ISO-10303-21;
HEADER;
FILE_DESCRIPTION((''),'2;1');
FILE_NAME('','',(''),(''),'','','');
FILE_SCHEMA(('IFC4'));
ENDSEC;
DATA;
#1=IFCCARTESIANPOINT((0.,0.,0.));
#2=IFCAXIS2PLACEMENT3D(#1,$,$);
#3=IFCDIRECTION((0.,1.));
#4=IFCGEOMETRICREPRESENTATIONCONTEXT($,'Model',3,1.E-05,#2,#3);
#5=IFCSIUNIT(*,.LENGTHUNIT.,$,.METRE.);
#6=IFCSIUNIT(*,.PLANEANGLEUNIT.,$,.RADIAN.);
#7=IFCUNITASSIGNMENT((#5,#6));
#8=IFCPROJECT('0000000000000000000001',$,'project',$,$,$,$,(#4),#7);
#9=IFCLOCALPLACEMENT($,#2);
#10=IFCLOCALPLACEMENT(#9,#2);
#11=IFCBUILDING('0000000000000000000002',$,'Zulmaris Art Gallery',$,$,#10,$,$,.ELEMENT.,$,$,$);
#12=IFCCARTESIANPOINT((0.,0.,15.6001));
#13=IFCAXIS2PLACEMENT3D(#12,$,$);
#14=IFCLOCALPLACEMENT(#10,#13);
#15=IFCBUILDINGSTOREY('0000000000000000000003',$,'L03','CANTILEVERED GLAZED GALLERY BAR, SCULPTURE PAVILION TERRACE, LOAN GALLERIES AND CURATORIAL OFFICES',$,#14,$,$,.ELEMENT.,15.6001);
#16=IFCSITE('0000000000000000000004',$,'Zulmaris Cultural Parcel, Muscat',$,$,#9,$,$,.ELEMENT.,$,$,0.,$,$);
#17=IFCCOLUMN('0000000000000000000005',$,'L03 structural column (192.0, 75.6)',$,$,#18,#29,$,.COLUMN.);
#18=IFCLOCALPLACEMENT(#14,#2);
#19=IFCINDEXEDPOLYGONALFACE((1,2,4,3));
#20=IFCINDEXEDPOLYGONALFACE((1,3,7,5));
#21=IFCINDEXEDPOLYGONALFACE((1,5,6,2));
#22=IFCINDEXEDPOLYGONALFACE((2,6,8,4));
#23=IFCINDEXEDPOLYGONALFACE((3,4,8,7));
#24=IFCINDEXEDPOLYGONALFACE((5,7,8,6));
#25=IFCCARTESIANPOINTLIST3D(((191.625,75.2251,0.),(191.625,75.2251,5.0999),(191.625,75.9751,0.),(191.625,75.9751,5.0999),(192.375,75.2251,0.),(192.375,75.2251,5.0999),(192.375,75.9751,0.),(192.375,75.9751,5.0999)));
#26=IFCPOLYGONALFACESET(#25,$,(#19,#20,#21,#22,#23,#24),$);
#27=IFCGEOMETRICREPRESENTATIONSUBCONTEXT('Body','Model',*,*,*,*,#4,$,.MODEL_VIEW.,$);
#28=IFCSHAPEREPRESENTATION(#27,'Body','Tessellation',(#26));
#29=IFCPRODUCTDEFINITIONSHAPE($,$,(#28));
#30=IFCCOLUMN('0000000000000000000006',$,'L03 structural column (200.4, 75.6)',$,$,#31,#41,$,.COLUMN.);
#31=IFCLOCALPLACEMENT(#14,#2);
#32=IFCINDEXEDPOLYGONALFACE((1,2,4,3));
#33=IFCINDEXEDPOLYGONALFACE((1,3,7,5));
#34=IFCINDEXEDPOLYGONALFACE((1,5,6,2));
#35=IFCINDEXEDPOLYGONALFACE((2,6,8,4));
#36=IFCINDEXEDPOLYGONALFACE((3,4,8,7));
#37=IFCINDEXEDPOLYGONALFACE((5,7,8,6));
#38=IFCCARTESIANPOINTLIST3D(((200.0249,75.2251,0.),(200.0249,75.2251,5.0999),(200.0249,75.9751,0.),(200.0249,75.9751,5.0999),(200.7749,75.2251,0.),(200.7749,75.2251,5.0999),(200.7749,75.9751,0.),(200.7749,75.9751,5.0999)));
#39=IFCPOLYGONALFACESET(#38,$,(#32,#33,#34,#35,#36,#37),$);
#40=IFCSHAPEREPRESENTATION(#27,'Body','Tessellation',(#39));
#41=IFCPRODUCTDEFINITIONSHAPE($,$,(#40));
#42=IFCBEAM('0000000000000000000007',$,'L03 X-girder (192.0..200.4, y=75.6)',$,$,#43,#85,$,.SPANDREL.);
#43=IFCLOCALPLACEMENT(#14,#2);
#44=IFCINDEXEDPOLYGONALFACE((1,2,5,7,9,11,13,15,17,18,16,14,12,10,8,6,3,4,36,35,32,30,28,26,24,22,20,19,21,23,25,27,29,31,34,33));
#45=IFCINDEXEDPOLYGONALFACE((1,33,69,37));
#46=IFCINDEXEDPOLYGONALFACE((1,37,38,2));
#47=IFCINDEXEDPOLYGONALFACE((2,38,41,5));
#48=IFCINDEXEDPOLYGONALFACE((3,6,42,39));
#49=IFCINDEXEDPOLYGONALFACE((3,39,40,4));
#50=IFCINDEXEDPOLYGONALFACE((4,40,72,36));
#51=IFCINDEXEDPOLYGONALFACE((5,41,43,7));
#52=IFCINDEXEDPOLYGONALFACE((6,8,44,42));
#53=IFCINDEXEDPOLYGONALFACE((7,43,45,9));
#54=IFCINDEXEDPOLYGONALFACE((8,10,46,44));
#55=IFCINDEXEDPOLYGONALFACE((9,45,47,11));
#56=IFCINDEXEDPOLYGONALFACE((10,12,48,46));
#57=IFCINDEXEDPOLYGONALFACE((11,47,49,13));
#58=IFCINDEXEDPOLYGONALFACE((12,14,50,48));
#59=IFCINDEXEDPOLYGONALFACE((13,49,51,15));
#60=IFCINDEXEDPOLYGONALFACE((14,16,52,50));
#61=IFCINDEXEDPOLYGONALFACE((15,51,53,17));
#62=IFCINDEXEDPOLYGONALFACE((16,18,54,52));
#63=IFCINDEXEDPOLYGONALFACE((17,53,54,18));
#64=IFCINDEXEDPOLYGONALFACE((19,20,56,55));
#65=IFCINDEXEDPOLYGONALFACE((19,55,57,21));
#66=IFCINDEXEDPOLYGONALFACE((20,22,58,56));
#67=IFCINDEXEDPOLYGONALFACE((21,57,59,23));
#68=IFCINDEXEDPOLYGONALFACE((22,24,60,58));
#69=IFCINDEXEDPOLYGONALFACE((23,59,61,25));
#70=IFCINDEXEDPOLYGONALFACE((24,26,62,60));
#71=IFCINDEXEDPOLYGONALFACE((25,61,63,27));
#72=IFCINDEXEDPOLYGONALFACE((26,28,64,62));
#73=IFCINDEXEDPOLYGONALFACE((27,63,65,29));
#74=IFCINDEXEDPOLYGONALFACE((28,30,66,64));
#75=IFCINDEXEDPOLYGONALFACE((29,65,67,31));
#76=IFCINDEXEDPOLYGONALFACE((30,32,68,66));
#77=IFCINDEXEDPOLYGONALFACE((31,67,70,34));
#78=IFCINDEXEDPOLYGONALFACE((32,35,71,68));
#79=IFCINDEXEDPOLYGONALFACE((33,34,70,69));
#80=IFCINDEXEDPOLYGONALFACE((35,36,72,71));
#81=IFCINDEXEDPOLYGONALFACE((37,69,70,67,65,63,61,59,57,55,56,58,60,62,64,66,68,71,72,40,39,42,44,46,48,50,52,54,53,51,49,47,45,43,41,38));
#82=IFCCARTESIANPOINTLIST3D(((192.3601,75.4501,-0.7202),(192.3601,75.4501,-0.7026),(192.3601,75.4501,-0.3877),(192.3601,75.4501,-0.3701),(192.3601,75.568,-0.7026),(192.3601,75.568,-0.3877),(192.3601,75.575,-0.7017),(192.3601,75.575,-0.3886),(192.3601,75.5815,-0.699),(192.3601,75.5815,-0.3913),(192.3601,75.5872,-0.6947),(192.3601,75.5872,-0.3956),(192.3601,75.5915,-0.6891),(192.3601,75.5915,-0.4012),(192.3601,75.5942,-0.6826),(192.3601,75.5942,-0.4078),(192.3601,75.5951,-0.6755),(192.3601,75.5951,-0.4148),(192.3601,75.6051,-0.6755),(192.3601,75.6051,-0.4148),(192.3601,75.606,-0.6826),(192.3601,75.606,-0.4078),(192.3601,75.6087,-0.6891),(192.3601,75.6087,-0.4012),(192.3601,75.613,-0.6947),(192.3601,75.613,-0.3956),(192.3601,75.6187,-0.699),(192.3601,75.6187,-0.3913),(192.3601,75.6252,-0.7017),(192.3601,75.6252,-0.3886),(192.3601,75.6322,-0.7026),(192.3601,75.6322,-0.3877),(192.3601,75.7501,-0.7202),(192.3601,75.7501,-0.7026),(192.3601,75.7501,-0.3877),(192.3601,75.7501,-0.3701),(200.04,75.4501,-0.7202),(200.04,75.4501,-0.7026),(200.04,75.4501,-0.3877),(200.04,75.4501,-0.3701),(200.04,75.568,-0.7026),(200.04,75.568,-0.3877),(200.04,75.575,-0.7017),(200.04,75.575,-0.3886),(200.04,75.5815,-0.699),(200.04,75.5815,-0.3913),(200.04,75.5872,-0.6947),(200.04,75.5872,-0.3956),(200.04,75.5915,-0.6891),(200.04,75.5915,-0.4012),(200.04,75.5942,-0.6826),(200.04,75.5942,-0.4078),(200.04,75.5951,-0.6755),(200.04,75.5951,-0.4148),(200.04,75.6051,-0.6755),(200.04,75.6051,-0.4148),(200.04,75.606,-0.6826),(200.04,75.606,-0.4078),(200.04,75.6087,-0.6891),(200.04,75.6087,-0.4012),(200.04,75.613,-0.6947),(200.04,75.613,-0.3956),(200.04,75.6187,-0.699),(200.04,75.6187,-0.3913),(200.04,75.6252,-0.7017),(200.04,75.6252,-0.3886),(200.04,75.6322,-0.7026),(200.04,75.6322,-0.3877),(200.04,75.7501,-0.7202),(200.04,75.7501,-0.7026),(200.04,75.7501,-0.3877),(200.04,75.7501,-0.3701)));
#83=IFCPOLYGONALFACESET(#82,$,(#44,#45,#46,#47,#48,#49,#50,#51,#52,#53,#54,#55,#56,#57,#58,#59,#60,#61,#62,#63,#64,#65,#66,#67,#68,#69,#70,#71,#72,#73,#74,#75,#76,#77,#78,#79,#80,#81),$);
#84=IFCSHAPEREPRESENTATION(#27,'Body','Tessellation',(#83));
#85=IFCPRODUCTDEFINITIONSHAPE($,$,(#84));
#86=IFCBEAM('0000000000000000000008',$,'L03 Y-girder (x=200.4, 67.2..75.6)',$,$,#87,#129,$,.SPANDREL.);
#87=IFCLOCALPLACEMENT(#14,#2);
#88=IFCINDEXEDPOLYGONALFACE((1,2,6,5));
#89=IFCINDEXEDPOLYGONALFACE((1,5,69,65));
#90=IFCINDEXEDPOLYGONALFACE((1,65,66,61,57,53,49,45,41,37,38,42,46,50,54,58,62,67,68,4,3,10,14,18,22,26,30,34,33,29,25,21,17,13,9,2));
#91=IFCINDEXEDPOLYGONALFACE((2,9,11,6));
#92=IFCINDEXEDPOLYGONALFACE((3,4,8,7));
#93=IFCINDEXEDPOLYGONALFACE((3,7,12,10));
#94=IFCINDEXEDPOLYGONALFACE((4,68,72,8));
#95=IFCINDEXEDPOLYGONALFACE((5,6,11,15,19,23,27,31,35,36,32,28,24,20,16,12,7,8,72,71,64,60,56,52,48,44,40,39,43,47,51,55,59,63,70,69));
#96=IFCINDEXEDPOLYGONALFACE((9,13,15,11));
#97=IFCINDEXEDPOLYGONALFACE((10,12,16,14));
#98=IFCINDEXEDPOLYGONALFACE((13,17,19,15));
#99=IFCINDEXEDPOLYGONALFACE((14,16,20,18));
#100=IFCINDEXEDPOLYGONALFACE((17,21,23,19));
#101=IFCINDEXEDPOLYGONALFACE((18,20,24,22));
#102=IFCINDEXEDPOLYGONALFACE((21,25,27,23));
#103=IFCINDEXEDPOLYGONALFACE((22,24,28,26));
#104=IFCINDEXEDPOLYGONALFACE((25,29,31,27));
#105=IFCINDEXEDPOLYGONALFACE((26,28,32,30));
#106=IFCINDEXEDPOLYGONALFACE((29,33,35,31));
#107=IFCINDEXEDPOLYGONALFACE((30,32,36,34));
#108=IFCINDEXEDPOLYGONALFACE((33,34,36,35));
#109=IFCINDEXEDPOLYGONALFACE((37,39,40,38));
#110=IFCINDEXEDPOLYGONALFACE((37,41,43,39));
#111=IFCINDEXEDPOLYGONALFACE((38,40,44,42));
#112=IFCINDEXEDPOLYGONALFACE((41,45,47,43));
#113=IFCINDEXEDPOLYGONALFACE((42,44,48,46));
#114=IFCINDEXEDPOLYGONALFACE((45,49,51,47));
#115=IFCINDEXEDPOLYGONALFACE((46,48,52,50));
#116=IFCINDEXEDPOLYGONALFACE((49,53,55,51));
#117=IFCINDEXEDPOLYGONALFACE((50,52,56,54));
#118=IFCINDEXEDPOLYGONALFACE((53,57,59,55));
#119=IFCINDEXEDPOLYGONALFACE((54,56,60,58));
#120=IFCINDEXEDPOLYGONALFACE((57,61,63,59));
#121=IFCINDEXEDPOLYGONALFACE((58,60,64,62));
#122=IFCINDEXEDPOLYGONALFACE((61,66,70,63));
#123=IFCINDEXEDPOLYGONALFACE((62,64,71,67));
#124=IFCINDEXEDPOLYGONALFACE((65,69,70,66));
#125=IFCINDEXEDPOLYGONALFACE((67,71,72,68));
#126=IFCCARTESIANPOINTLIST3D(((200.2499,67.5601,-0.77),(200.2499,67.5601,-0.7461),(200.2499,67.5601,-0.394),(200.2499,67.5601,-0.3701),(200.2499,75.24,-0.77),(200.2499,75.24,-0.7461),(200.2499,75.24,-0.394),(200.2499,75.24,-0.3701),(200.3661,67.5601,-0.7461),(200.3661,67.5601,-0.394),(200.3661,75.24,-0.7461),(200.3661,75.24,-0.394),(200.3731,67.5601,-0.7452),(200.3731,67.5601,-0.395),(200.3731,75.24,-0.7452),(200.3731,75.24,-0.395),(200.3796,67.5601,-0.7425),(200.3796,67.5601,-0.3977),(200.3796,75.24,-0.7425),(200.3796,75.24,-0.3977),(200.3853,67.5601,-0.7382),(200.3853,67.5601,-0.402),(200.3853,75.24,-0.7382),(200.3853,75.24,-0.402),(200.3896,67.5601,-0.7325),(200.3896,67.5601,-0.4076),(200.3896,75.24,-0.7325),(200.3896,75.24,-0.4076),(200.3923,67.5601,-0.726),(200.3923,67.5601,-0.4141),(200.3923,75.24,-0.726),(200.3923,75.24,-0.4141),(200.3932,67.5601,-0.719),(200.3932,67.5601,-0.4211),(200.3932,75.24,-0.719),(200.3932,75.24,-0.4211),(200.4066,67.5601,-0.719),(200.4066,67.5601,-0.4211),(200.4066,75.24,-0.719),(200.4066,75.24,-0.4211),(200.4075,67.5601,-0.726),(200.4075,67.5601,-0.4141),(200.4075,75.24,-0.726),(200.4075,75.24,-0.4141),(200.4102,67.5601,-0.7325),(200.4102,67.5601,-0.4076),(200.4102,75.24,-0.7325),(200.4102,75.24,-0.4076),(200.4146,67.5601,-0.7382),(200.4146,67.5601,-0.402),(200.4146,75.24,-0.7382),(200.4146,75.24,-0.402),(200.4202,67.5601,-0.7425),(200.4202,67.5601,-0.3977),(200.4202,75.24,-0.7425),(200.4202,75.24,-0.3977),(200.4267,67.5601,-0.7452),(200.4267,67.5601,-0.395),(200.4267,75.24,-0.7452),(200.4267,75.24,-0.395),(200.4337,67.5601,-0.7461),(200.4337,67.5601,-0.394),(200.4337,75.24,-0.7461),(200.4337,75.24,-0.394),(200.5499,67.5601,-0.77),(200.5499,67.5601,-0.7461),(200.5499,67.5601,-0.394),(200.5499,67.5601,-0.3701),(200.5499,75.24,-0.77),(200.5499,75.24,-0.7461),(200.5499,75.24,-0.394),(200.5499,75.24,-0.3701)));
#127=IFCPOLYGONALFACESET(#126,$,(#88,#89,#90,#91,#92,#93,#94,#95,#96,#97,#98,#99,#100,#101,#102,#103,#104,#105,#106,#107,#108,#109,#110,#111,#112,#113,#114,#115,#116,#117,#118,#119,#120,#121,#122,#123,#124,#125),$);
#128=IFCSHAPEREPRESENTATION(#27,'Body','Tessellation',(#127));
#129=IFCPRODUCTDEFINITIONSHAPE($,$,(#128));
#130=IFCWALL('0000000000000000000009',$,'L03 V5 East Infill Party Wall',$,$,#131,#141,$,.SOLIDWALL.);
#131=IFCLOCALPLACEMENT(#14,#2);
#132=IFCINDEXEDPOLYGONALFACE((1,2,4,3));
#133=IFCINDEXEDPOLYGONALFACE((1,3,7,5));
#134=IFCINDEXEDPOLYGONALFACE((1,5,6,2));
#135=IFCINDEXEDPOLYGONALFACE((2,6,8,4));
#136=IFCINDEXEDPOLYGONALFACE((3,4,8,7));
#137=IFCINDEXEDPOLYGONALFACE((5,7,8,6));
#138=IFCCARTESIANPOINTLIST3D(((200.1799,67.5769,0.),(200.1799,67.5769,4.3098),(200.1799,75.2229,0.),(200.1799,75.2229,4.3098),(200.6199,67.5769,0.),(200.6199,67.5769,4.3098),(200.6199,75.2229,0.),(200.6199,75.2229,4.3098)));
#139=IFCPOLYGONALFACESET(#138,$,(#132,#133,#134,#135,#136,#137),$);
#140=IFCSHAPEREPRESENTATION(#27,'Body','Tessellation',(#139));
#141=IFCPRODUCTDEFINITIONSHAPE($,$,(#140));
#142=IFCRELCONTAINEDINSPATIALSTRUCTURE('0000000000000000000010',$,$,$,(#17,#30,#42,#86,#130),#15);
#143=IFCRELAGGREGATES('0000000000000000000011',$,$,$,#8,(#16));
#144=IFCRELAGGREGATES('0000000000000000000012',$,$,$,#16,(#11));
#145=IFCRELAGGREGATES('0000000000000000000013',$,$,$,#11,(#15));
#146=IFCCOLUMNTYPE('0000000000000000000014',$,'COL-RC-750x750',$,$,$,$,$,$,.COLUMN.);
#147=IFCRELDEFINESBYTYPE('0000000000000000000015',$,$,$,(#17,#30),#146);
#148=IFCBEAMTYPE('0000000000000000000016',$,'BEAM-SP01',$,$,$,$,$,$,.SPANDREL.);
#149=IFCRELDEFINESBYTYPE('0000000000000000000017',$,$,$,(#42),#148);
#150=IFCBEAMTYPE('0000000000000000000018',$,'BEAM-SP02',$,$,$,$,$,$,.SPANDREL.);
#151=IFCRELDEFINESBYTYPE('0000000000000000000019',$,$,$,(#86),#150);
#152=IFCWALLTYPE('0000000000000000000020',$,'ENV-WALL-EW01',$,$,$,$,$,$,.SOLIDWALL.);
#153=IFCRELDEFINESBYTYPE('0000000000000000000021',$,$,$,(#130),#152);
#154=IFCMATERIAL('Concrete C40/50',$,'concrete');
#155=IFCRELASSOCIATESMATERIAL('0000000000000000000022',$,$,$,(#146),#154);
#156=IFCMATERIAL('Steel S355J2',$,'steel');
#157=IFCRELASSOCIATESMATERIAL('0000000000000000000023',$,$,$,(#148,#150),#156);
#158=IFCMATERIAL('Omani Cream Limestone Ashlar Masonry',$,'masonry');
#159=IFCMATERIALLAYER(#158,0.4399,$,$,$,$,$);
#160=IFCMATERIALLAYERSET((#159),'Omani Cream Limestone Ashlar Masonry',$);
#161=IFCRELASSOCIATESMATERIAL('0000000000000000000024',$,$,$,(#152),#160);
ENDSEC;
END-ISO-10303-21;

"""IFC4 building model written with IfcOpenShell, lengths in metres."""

from ifc_helpers import new_model, si_unit, direction, frame, frame_2d, origin, origin_2d, place, context, subcontext, project, spatial, rectangle, i_section, extrude, material, layer, layer_set, material_profile, profile_set, type_object, element, save


model = new_model("IFC4")

# Units and contexts
model_context = context("Model", 3, precision=1e-05, world=origin(), true_north=direction((0.0, 1.0)))
body_context = subcontext(model_context, "Body", "Model", "MODEL_VIEW")
ifc_project = project(units=[si_unit("LENGTHUNIT", "METRE"), si_unit("PLANEANGLEUNIT", "RADIAN")], contexts=[model_context])

# Site, building, storey
site_placement = place(None, origin())
site = spatial("IfcSite", under=ifc_project, at=site_placement, Name="Zulmaris Cultural Parcel, Muscat", CompositionType="ELEMENT", RefElevation=0.0)
building_placement = place(site_placement, origin())
building = spatial("IfcBuilding", under=site, at=building_placement, Name="Zulmaris Art Gallery", CompositionType="ELEMENT")
storey_placement = place(building_placement, frame((0.0, 0.0, 15.6001)))
storey = spatial("IfcBuildingStorey", under=building, at=storey_placement, Name="L03", Description="CANTILEVERED GLAZED GALLERY BAR, SCULPTURE PAVILION TERRACE, LOAN GALLERIES AND CURATORIAL OFFICES", CompositionType="ELEMENT", Elevation=15.6001)

# Columns
ifc_material_1 = material(Name="Concrete C40/50", Category="concrete")
ifc_material_profile_1 = material_profile(ifc_material_1, rectangle(XDim=0.75, YDim=0.75, at=origin_2d()), Name="RC 750x750")
ifc_profile_set_1 = profile_set([ifc_material_profile_1], Name="Concrete C40/50")
column_type = type_object("IfcColumnType", Name="COL-RC-750x750", PredefinedType="COLUMN", material=ifc_profile_set_1)
for number, where, z_axis, x_axis, name in (
    (1, (192.0, 75.6001, 0.0), (0.0, 0.0, 1.0), (1.0, 0.0, 0.0), "L03 structural column (192.0, 75.6)"),
    (2, (200.3999, 75.6001, 0.0), (0.0, 0.0, 1.0), (1.0, 0.0, 0.0), "L03 structural column (200.4, 75.6)"),
):
    element("IfcColumn", number, at=place(storey_placement, frame(where, z_axis=z_axis, x_axis=x_axis)), inside=storey, type_object=column_type, Name=name, PredefinedType="COLUMN", context=body_context, shape_type="SweptSolid", body=[
        extrude(rectangle(XDim=0.75, YDim=0.75, at=origin_2d()), origin(), (0.0, 0.0, 1.0), 5.0999),
    ])

# Beams
ifc_material_2 = material(Name="Steel S355J2", Category="steel")
ifc_material_profile_2 = material_profile(ifc_material_2, i_section(OverallWidth=0.3, OverallDepth=0.3501, WebThickness=0.01, FlangeThickness=0.0176, FilletRadius=0.0271, at=origin_2d()), Name="HEA 360")
ifc_profile_set_2 = profile_set([ifc_material_profile_2], Name="Steel S355J2")
beam_type_1 = type_object("IfcBeamType", Name="BEAM-SP01", PredefinedType="SPANDREL", material=ifc_profile_set_2)
beam_1_placement = place(storey_placement, frame((192.3601, 75.6001, -0.5452), z_axis=(1.0, 0.0, 0.0), x_axis=(0.0, 1.0, 0.0)))
element("IfcBeam", 3, at=beam_1_placement, inside=storey, type_object=beam_type_1, Name="L03 X-girder (192.0..200.4, y=75.6)", PredefinedType="SPANDREL", context=body_context, shape_type="SweptSolid", body=[
    extrude(i_section(OverallWidth=0.3, OverallDepth=0.3501, WebThickness=0.01, FlangeThickness=0.0176, FilletRadius=0.0271, at=origin_2d()), origin(), (0.0, 0.0, 1.0), 7.6799),
])
ifc_material_profile_3 = material_profile(ifc_material_2, i_section(OverallWidth=0.3, OverallDepth=0.3999, WebThickness=0.0134, FlangeThickness=0.0239, FilletRadius=0.0271, at=origin_2d()), Name="HEB 400")
ifc_profile_set_3 = profile_set([ifc_material_profile_3], Name="Steel S355J2")
beam_type_2 = type_object("IfcBeamType", Name="BEAM-SP02", PredefinedType="SPANDREL", material=ifc_profile_set_3)
beam_2_placement = place(storey_placement, frame((200.3999, 67.5601, -0.5701), z_axis=(0.0, 1.0, 0.0), x_axis=(-1.0, 0.0, 0.0)))
element("IfcBeam", 4, at=beam_2_placement, inside=storey, type_object=beam_type_2, Name="L03 Y-girder (x=200.4, 67.2..75.6)", PredefinedType="SPANDREL", context=body_context, shape_type="SweptSolid", body=[
    extrude(i_section(OverallWidth=0.3, OverallDepth=0.3999, WebThickness=0.0134, FlangeThickness=0.0239, FilletRadius=0.0271, at=origin_2d()), origin(), (0.0, 0.0, 1.0), 7.6799),
])

# Wall
ifc_material_3 = material(Name="Omani Cream Limestone Ashlar Masonry", Category="masonry")
ifc_layer_1 = layer(ifc_material_3, 0.4399)
ifc_layer_set_1 = layer_set([ifc_layer_1], Name="Omani Cream Limestone Ashlar Masonry")
wall_type_1 = type_object("IfcWallType", Name="ENV-WALL-EW01", PredefinedType="SOLIDWALL", material=ifc_layer_set_1)
wall_1_placement = place(storey_placement, frame((200.3999, 67.5769, 0.0), z_axis=(0.0, 0.0, 1.0), x_axis=(0.0, 1.0, 0.0)))
element("IfcWall", 5, at=wall_1_placement, inside=storey, type_object=wall_type_1, Name="L03 V5 East Infill Party Wall", PredefinedType="SOLIDWALL", context=body_context, shape_type="SweptSolid", body=[
    extrude(rectangle(XDim=7.646, YDim=0.4399, at=frame_2d((3.823, 0.0))), origin(), (0.0, 0.0, 1.0), 4.3098),
])

save(model, "model.ifc")
